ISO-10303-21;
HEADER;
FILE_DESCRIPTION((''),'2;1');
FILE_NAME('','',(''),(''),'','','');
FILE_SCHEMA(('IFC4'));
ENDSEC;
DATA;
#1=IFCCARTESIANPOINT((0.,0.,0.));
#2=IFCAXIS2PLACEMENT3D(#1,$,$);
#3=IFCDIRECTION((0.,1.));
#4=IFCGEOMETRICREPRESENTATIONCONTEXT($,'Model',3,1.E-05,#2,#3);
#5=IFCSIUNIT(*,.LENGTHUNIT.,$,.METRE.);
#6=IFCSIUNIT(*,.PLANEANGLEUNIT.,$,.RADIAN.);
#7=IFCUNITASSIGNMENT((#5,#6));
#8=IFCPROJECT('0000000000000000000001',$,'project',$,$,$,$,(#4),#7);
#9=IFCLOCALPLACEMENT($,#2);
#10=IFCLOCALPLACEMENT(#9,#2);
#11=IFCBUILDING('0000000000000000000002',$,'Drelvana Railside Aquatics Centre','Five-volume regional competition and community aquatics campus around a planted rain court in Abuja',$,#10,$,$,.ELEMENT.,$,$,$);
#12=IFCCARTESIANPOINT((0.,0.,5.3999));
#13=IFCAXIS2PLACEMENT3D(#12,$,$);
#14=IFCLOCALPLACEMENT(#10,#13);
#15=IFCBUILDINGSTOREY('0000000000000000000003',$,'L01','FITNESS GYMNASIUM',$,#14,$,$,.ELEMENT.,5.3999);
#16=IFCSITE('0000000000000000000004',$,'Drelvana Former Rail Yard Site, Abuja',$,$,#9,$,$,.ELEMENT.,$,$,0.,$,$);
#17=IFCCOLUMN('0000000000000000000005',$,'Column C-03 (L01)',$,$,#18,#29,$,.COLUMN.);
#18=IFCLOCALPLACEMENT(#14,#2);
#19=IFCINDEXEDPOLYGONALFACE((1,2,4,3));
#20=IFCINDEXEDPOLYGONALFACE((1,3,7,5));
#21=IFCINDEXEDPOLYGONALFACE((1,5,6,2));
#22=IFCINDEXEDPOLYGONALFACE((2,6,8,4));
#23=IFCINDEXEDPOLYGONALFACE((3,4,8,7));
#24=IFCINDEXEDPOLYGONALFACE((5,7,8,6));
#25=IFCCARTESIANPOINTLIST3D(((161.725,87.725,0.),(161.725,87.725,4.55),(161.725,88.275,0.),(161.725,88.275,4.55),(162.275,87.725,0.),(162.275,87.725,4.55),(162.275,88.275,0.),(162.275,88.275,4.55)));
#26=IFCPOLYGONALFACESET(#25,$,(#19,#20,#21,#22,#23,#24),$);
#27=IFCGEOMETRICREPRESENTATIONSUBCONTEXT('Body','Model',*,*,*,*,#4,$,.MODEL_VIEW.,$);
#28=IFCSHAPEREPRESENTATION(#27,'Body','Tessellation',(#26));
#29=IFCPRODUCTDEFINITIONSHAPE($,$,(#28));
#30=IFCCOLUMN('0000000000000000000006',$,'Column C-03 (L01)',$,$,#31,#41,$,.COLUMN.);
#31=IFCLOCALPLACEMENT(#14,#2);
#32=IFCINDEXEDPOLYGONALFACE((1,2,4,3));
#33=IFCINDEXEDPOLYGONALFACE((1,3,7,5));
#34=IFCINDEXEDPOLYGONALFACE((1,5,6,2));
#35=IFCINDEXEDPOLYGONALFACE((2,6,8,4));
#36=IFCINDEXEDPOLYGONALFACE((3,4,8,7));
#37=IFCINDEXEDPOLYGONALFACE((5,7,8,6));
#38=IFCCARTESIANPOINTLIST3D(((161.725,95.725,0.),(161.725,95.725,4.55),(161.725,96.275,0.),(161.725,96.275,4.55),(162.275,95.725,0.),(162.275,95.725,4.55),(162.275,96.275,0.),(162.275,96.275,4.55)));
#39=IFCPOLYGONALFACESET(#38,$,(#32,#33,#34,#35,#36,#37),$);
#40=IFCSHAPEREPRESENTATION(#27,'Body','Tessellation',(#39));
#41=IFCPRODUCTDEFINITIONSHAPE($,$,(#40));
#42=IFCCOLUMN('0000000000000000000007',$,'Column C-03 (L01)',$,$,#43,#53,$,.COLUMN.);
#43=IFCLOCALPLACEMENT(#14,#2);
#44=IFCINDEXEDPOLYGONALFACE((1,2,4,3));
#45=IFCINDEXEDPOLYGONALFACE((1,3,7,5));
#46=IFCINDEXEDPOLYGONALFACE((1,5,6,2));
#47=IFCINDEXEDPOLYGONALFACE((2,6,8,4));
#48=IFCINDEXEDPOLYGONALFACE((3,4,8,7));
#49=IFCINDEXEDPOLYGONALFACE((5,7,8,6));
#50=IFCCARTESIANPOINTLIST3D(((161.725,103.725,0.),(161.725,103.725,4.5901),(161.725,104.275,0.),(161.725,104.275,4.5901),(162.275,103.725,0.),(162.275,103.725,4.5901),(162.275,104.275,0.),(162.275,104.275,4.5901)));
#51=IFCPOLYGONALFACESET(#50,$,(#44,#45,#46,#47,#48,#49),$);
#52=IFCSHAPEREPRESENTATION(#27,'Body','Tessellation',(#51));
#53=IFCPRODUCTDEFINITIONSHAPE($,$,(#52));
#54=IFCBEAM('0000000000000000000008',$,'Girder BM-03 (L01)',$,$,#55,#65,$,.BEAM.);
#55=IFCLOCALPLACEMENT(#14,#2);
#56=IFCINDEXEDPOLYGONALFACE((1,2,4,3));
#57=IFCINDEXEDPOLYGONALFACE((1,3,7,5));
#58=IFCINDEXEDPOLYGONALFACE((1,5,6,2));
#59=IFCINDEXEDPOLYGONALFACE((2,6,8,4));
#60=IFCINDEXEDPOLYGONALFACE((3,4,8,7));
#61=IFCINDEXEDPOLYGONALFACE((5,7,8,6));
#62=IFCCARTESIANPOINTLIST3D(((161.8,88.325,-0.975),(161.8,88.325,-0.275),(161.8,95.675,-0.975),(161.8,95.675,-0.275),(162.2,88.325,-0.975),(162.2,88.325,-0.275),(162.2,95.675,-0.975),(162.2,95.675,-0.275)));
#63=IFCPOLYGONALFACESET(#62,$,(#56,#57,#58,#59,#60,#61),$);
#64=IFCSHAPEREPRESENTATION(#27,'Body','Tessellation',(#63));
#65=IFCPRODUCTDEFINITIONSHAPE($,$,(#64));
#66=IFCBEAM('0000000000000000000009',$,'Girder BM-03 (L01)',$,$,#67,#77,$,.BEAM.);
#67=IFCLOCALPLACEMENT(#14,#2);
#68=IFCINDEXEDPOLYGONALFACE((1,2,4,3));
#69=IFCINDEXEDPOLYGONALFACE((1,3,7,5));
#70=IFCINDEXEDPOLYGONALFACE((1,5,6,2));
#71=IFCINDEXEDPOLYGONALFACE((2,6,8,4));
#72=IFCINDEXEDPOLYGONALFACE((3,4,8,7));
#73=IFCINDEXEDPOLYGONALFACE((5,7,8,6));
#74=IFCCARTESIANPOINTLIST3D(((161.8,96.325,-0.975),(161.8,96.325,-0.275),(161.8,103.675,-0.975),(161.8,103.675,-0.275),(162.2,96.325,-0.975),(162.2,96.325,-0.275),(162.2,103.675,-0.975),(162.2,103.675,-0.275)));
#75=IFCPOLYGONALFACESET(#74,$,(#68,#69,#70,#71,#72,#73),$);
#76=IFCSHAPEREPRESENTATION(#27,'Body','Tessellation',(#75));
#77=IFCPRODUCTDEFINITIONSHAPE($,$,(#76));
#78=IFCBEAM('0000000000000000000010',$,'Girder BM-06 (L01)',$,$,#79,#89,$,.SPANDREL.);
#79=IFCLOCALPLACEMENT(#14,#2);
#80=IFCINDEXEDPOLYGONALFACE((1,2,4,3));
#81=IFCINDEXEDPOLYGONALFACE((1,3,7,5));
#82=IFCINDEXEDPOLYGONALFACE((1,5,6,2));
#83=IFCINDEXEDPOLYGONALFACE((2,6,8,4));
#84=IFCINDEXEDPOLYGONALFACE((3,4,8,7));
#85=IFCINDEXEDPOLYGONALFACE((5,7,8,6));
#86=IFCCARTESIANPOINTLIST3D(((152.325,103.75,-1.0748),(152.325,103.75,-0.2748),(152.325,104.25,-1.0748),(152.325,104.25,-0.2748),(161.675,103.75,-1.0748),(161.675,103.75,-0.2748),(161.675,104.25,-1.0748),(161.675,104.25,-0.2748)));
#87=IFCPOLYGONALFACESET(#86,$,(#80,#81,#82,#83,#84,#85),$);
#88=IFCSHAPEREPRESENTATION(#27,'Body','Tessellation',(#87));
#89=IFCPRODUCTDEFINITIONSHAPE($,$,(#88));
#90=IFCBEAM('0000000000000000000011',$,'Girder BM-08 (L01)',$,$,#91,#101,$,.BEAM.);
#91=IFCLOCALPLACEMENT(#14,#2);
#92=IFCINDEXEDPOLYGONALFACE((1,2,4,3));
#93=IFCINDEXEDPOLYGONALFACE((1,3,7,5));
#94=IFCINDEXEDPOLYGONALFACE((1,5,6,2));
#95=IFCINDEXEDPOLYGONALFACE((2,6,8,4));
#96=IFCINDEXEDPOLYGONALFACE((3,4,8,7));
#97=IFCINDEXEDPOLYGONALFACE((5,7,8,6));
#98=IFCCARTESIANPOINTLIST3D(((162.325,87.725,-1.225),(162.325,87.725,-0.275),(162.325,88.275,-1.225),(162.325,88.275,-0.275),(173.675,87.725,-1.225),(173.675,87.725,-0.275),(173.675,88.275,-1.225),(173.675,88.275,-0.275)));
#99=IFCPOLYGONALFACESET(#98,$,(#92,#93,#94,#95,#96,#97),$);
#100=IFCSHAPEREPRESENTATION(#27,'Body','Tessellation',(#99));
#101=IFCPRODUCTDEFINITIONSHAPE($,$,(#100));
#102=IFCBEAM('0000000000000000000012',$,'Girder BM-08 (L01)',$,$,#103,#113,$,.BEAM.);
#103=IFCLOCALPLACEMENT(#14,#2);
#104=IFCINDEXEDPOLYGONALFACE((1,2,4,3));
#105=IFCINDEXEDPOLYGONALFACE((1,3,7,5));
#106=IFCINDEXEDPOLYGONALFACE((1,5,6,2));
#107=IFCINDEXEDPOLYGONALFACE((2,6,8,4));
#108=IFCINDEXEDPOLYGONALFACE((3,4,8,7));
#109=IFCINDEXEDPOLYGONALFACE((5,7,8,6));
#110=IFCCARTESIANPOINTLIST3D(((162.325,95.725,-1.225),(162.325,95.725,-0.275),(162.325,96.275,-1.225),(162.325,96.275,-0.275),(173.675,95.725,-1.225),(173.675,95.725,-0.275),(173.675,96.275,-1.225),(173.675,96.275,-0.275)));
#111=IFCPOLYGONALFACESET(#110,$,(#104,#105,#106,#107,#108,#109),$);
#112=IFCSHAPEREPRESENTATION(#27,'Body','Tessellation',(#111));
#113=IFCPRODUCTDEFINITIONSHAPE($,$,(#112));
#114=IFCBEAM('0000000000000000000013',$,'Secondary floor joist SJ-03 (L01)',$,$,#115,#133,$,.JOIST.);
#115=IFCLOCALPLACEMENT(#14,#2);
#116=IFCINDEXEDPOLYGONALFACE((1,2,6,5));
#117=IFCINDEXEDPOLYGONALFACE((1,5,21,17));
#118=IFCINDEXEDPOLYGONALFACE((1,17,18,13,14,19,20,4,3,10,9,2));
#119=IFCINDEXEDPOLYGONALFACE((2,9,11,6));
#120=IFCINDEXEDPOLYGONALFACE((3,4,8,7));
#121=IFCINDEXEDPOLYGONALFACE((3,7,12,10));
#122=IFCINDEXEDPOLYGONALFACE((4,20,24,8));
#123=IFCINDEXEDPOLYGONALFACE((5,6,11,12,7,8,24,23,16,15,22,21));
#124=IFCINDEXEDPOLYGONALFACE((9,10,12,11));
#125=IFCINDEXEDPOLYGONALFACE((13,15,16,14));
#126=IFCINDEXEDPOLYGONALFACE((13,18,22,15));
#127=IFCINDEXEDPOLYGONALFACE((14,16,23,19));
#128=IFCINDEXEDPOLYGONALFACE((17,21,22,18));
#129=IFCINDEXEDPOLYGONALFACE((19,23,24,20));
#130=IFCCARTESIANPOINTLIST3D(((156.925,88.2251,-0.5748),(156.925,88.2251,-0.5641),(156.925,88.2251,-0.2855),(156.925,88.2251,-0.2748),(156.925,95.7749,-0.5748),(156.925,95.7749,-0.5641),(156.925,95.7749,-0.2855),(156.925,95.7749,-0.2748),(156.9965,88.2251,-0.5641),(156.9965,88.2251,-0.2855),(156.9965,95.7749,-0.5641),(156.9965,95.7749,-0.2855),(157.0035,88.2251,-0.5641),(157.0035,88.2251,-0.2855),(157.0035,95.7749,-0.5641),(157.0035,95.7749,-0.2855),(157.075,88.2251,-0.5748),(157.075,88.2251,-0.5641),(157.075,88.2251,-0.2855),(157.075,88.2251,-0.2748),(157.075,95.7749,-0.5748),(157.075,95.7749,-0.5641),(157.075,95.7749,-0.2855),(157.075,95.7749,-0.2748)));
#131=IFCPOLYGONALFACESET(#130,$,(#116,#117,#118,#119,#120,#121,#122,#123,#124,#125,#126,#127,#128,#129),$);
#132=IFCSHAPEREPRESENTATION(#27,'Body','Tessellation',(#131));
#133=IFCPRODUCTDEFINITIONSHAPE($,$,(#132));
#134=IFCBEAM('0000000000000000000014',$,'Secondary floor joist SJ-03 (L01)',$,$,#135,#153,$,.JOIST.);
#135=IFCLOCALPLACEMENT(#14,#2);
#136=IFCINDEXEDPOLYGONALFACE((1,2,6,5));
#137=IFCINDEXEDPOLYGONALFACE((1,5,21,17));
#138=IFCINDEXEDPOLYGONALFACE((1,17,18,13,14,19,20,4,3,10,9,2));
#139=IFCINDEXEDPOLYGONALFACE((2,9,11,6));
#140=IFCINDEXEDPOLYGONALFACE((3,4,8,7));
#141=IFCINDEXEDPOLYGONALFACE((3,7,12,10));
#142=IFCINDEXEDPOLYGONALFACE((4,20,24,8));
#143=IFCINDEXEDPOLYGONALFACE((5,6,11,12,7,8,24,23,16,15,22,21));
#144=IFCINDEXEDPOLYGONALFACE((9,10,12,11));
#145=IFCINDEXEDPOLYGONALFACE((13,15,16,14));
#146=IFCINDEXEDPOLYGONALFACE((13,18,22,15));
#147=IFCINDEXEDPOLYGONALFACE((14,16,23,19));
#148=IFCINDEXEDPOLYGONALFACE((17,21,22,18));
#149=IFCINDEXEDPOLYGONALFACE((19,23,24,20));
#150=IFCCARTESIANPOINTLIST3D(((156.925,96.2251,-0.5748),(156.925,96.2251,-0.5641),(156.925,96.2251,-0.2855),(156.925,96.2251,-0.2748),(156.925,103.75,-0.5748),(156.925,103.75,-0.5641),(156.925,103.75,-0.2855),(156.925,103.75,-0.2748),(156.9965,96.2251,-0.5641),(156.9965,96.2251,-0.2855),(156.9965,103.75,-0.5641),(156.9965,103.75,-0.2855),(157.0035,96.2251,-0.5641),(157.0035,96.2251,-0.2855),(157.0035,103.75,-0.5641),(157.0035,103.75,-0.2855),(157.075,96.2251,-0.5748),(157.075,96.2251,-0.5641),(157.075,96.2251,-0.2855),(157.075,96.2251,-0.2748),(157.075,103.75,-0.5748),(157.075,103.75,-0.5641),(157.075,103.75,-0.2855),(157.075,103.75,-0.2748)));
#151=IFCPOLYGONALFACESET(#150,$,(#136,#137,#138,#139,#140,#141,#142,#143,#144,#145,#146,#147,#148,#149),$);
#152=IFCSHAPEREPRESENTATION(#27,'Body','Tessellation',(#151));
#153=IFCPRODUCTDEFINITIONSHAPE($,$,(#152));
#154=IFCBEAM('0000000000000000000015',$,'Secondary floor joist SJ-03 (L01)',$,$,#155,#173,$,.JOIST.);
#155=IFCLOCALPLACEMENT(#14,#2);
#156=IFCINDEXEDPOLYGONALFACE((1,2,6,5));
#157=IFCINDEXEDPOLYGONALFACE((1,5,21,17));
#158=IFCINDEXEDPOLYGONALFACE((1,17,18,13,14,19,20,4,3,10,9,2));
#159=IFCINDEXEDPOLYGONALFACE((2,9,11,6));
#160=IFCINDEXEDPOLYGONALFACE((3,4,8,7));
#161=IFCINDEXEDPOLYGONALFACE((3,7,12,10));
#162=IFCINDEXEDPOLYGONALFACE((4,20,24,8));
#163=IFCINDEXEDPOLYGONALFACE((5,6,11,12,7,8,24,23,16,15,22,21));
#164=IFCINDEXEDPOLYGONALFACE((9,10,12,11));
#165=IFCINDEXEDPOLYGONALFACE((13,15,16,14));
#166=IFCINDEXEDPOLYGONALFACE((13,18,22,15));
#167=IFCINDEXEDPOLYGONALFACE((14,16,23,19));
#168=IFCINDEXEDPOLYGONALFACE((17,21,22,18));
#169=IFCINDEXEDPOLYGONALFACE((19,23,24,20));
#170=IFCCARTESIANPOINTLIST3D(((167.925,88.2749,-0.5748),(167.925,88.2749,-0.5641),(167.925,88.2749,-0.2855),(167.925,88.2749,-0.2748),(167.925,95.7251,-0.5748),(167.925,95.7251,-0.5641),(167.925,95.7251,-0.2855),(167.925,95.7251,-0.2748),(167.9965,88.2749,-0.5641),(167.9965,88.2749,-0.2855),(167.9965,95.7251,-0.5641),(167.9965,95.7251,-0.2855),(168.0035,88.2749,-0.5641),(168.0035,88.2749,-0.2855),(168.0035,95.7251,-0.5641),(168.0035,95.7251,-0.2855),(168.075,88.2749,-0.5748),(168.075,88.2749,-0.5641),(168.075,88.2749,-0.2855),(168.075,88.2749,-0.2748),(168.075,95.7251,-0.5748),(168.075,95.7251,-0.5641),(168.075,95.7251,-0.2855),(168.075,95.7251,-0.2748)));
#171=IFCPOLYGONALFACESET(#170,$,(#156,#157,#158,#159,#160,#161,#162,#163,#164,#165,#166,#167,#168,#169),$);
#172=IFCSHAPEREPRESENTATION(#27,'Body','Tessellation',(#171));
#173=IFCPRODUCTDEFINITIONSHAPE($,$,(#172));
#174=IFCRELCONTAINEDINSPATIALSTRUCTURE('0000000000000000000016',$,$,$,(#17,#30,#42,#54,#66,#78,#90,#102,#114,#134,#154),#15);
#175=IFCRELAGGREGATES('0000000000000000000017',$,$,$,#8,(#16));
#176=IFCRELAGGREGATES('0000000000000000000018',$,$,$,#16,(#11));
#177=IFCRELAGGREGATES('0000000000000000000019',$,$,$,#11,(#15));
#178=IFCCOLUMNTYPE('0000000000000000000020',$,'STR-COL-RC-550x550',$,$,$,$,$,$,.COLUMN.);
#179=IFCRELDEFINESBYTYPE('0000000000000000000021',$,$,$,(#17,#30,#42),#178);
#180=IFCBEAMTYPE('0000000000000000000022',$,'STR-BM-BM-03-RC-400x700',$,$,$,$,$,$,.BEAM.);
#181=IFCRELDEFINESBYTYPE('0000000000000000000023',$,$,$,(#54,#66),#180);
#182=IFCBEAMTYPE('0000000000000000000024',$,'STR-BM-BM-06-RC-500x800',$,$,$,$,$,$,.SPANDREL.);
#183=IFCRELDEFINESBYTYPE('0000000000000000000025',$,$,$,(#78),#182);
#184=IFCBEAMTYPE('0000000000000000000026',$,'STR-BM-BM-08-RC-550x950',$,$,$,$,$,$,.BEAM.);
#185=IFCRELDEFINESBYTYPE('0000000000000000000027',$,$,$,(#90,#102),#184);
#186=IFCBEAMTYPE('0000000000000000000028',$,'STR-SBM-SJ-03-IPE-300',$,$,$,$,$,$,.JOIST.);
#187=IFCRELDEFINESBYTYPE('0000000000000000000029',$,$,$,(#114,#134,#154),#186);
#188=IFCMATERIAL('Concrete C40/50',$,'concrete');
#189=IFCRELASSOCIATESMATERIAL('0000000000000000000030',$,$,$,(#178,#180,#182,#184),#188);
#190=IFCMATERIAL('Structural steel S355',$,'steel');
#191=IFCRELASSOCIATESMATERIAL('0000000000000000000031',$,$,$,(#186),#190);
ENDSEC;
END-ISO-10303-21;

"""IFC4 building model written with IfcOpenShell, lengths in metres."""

from ifc_helpers import new_model, si_unit, direction, frame, origin, origin_2d, place, context, subcontext, project, spatial, rectangle, i_section, extrude, material, material_profile, profile_set, type_object, element, save


model = new_model("IFC4")

# Units and contexts
model_context = context("Model", 3, precision=1e-05, world=origin(), true_north=direction((0.0, 1.0)))
body_context = subcontext(model_context, "Body", "Model", "MODEL_VIEW")
ifc_project = project(units=[si_unit("LENGTHUNIT", "METRE"), si_unit("PLANEANGLEUNIT", "RADIAN")], contexts=[model_context])

# Site, building, storey
site_placement = place(None, origin())
site = spatial("IfcSite", under=ifc_project, at=site_placement, Name="Drelvana Former Rail Yard Site, Abuja", CompositionType="ELEMENT", RefElevation=0.0)
building_placement = place(site_placement, origin())
building = spatial("IfcBuilding", under=site, at=building_placement, Name="Drelvana Railside Aquatics Centre", Description="Five-volume regional competition and community aquatics campus around a planted rain court in Abuja", CompositionType="ELEMENT")
storey_placement = place(building_placement, frame((0.0, 0.0, 5.3999)))
storey = spatial("IfcBuildingStorey", under=building, at=storey_placement, Name="L01", Description="FITNESS GYMNASIUM", CompositionType="ELEMENT", Elevation=5.3999)

# Columns
ifc_material_1 = material(Name="Concrete C40/50", Category="concrete")
ifc_material_profile_1 = material_profile(ifc_material_1, rectangle(XDim=0.55, YDim=0.55, at=origin_2d()), Name="RC 550x550")
ifc_profile_set_1 = profile_set([ifc_material_profile_1], Name="Concrete C40/50")
column_type = type_object("IfcColumnType", Name="STR-COL-RC-550x550", PredefinedType="COLUMN", material=ifc_profile_set_1)
for number, where, z_axis, x_axis, name in (
    (1, (162.0, 88.0, 0.0), (0.0, 0.0, 1.0), (1.0, 0.0, 0.0), "Column C-03 (L01)"),
    (2, (162.0, 96.0, 0.0), (0.0, 0.0, 1.0), (1.0, 0.0, 0.0), "Column C-03 (L01)"),
):
    element("IfcColumn", number, at=place(storey_placement, frame(where, z_axis=z_axis, x_axis=x_axis)), inside=storey, type_object=column_type, Name=name, PredefinedType="COLUMN", context=body_context, shape_type="SweptSolid", body=[
        extrude(rectangle(XDim=0.55, YDim=0.55, at=origin_2d()), origin(), (0.0, 0.0, 1.0), 4.55),
    ])
column_placement = place(storey_placement, frame((162.0, 104.0, 0.0), z_axis=(0.0, 0.0, 1.0), x_axis=(1.0, 0.0, 0.0)))
element("IfcColumn", 3, at=column_placement, inside=storey, type_object=column_type, Name="Column C-03 (L01)", PredefinedType="COLUMN", context=body_context, shape_type="SweptSolid", body=[
    extrude(rectangle(XDim=0.55, YDim=0.55, at=origin_2d()), origin(), (0.0, 0.0, 1.0), 4.5901),
])

# Beams
ifc_material_profile_2 = material_profile(ifc_material_1, rectangle(XDim=0.3999, YDim=0.7, at=origin_2d()), Name="RC 400x700")
ifc_profile_set_2 = profile_set([ifc_material_profile_2], Name="Concrete C40/50")
beam_type_1 = type_object("IfcBeamType", Name="STR-BM-BM-03-RC-400x700", PredefinedType="BEAM", material=ifc_profile_set_2)
for number, where, z_axis, x_axis, name in (
    (4, (162.0, 88.325, -0.625), (0.0, 1.0, 0.0), (-1.0, 0.0, 0.0), "Girder BM-03 (L01)"),
    (5, (162.0, 96.325, -0.625), (0.0, 1.0, 0.0), (-1.0, 0.0, 0.0), "Girder BM-03 (L01)"),
):
    element("IfcBeam", number, at=place(storey_placement, frame(where, z_axis=z_axis, x_axis=x_axis)), inside=storey, type_object=beam_type_1, Name=name, PredefinedType="BEAM", context=body_context, shape_type="SweptSolid", body=[
        extrude(rectangle(XDim=0.3999, YDim=0.7, at=origin_2d()), origin(), (0.0, 0.0, 1.0), 7.3501),
    ])
ifc_material_profile_3 = material_profile(ifc_material_1, rectangle(XDim=0.5, YDim=0.8, at=origin_2d()), Name="RC 500x800")
ifc_profile_set_3 = profile_set([ifc_material_profile_3], Name="Concrete C40/50")
beam_type_2 = type_object("IfcBeamType", Name="STR-BM-BM-06-RC-500x800", PredefinedType="SPANDREL", material=ifc_profile_set_3)
beam_1_placement = place(storey_placement, frame((152.325, 104.0, -0.6748), z_axis=(1.0, 0.0, 0.0), x_axis=(0.0, 1.0, 0.0)))
element("IfcBeam", 6, at=beam_1_placement, inside=storey, type_object=beam_type_2, Name="Girder BM-06 (L01)", PredefinedType="SPANDREL", context=body_context, shape_type="SweptSolid", body=[
    extrude(rectangle(XDim=0.5, YDim=0.8, at=origin_2d()), origin(), (0.0, 0.0, 1.0), 9.3501),
])
ifc_material_profile_4 = material_profile(ifc_material_1, rectangle(XDim=0.55, YDim=0.95, at=origin_2d()), Name="RC 550x950")
ifc_profile_set_4 = profile_set([ifc_material_profile_4], Name="Concrete C40/50")
beam_type_3 = type_object("IfcBeamType", Name="STR-BM-BM-08-RC-550x950", PredefinedType="BEAM", material=ifc_profile_set_4)
for number, where, z_axis, x_axis, name in (
    (7, (162.325, 88.0, -0.75), (1.0, 0.0, 0.0), (0.0, 1.0, 0.0), "Girder BM-08 (L01)"),
    (8, (162.325, 96.0, -0.75), (1.0, 0.0, 0.0), (0.0, 1.0, 0.0), "Girder BM-08 (L01)"),
):
    element("IfcBeam", number, at=place(storey_placement, frame(where, z_axis=z_axis, x_axis=x_axis)), inside=storey, type_object=beam_type_3, Name=name, PredefinedType="BEAM", context=body_context, shape_type="SweptSolid", body=[
        extrude(rectangle(XDim=0.55, YDim=0.95, at=origin_2d()), origin(), (0.0, 0.0, 1.0), 11.3501),
    ])
ifc_material_2 = material(Name="Structural steel S355", Category="steel")
ifc_material_profile_5 = material_profile(ifc_material_2, i_section(OverallWidth=0.1499, OverallDepth=0.3, WebThickness=0.0071, FlangeThickness=0.0107, at=origin_2d()), Name="IPE 300")
ifc_profile_set_5 = profile_set([ifc_material_profile_5], Name="Structural steel S355")
beam_type_4 = type_object("IfcBeamType", Name="STR-SBM-SJ-03-IPE-300", PredefinedType="JOIST", material=ifc_profile_set_5)
beam_2_placement = place(storey_placement, frame((157.0, 88.2251, -0.4248), z_axis=(0.0, 1.0, 0.0), x_axis=(-1.0, 0.0, 0.0)))
element("IfcBeam", 9, at=beam_2_placement, inside=storey, type_object=beam_type_4, Name="Secondary floor joist SJ-03 (L01)", PredefinedType="JOIST", context=body_context, shape_type="SweptSolid", body=[
    extrude(i_section(OverallWidth=0.1499, OverallDepth=0.3, WebThickness=0.0071, FlangeThickness=0.0107, at=origin_2d()), origin(), (0.0, 0.0, 1.0), 7.5498),
])
beam_3_placement = place(storey_placement, frame((157.0, 96.2251, -0.4248), z_axis=(0.0, 1.0, 0.0), x_axis=(-1.0, 0.0, 0.0)))
element("IfcBeam", 10, at=beam_3_placement, inside=storey, type_object=beam_type_4, Name="Secondary floor joist SJ-03 (L01)", PredefinedType="JOIST", context=body_context, shape_type="SweptSolid", body=[
    extrude(i_section(OverallWidth=0.1499, OverallDepth=0.3, WebThickness=0.0071, FlangeThickness=0.0107, at=origin_2d()), origin(), (0.0, 0.0, 1.0), 7.5249),
])
beam_4_placement = place(storey_placement, frame((168.0, 88.2749, -0.4248), z_axis=(0.0, 1.0, 0.0), x_axis=(-1.0, 0.0, 0.0)))
element("IfcBeam", 11, at=beam_4_placement, inside=storey, type_object=beam_type_4, Name="Secondary floor joist SJ-03 (L01)", PredefinedType="JOIST", context=body_context, shape_type="SweptSolid", body=[
    extrude(i_section(OverallWidth=0.1499, OverallDepth=0.3, WebThickness=0.0071, FlangeThickness=0.0107, at=origin_2d()), origin(), (0.0, 0.0, 1.0), 7.4502),
])

save(model, "model.ifc")
